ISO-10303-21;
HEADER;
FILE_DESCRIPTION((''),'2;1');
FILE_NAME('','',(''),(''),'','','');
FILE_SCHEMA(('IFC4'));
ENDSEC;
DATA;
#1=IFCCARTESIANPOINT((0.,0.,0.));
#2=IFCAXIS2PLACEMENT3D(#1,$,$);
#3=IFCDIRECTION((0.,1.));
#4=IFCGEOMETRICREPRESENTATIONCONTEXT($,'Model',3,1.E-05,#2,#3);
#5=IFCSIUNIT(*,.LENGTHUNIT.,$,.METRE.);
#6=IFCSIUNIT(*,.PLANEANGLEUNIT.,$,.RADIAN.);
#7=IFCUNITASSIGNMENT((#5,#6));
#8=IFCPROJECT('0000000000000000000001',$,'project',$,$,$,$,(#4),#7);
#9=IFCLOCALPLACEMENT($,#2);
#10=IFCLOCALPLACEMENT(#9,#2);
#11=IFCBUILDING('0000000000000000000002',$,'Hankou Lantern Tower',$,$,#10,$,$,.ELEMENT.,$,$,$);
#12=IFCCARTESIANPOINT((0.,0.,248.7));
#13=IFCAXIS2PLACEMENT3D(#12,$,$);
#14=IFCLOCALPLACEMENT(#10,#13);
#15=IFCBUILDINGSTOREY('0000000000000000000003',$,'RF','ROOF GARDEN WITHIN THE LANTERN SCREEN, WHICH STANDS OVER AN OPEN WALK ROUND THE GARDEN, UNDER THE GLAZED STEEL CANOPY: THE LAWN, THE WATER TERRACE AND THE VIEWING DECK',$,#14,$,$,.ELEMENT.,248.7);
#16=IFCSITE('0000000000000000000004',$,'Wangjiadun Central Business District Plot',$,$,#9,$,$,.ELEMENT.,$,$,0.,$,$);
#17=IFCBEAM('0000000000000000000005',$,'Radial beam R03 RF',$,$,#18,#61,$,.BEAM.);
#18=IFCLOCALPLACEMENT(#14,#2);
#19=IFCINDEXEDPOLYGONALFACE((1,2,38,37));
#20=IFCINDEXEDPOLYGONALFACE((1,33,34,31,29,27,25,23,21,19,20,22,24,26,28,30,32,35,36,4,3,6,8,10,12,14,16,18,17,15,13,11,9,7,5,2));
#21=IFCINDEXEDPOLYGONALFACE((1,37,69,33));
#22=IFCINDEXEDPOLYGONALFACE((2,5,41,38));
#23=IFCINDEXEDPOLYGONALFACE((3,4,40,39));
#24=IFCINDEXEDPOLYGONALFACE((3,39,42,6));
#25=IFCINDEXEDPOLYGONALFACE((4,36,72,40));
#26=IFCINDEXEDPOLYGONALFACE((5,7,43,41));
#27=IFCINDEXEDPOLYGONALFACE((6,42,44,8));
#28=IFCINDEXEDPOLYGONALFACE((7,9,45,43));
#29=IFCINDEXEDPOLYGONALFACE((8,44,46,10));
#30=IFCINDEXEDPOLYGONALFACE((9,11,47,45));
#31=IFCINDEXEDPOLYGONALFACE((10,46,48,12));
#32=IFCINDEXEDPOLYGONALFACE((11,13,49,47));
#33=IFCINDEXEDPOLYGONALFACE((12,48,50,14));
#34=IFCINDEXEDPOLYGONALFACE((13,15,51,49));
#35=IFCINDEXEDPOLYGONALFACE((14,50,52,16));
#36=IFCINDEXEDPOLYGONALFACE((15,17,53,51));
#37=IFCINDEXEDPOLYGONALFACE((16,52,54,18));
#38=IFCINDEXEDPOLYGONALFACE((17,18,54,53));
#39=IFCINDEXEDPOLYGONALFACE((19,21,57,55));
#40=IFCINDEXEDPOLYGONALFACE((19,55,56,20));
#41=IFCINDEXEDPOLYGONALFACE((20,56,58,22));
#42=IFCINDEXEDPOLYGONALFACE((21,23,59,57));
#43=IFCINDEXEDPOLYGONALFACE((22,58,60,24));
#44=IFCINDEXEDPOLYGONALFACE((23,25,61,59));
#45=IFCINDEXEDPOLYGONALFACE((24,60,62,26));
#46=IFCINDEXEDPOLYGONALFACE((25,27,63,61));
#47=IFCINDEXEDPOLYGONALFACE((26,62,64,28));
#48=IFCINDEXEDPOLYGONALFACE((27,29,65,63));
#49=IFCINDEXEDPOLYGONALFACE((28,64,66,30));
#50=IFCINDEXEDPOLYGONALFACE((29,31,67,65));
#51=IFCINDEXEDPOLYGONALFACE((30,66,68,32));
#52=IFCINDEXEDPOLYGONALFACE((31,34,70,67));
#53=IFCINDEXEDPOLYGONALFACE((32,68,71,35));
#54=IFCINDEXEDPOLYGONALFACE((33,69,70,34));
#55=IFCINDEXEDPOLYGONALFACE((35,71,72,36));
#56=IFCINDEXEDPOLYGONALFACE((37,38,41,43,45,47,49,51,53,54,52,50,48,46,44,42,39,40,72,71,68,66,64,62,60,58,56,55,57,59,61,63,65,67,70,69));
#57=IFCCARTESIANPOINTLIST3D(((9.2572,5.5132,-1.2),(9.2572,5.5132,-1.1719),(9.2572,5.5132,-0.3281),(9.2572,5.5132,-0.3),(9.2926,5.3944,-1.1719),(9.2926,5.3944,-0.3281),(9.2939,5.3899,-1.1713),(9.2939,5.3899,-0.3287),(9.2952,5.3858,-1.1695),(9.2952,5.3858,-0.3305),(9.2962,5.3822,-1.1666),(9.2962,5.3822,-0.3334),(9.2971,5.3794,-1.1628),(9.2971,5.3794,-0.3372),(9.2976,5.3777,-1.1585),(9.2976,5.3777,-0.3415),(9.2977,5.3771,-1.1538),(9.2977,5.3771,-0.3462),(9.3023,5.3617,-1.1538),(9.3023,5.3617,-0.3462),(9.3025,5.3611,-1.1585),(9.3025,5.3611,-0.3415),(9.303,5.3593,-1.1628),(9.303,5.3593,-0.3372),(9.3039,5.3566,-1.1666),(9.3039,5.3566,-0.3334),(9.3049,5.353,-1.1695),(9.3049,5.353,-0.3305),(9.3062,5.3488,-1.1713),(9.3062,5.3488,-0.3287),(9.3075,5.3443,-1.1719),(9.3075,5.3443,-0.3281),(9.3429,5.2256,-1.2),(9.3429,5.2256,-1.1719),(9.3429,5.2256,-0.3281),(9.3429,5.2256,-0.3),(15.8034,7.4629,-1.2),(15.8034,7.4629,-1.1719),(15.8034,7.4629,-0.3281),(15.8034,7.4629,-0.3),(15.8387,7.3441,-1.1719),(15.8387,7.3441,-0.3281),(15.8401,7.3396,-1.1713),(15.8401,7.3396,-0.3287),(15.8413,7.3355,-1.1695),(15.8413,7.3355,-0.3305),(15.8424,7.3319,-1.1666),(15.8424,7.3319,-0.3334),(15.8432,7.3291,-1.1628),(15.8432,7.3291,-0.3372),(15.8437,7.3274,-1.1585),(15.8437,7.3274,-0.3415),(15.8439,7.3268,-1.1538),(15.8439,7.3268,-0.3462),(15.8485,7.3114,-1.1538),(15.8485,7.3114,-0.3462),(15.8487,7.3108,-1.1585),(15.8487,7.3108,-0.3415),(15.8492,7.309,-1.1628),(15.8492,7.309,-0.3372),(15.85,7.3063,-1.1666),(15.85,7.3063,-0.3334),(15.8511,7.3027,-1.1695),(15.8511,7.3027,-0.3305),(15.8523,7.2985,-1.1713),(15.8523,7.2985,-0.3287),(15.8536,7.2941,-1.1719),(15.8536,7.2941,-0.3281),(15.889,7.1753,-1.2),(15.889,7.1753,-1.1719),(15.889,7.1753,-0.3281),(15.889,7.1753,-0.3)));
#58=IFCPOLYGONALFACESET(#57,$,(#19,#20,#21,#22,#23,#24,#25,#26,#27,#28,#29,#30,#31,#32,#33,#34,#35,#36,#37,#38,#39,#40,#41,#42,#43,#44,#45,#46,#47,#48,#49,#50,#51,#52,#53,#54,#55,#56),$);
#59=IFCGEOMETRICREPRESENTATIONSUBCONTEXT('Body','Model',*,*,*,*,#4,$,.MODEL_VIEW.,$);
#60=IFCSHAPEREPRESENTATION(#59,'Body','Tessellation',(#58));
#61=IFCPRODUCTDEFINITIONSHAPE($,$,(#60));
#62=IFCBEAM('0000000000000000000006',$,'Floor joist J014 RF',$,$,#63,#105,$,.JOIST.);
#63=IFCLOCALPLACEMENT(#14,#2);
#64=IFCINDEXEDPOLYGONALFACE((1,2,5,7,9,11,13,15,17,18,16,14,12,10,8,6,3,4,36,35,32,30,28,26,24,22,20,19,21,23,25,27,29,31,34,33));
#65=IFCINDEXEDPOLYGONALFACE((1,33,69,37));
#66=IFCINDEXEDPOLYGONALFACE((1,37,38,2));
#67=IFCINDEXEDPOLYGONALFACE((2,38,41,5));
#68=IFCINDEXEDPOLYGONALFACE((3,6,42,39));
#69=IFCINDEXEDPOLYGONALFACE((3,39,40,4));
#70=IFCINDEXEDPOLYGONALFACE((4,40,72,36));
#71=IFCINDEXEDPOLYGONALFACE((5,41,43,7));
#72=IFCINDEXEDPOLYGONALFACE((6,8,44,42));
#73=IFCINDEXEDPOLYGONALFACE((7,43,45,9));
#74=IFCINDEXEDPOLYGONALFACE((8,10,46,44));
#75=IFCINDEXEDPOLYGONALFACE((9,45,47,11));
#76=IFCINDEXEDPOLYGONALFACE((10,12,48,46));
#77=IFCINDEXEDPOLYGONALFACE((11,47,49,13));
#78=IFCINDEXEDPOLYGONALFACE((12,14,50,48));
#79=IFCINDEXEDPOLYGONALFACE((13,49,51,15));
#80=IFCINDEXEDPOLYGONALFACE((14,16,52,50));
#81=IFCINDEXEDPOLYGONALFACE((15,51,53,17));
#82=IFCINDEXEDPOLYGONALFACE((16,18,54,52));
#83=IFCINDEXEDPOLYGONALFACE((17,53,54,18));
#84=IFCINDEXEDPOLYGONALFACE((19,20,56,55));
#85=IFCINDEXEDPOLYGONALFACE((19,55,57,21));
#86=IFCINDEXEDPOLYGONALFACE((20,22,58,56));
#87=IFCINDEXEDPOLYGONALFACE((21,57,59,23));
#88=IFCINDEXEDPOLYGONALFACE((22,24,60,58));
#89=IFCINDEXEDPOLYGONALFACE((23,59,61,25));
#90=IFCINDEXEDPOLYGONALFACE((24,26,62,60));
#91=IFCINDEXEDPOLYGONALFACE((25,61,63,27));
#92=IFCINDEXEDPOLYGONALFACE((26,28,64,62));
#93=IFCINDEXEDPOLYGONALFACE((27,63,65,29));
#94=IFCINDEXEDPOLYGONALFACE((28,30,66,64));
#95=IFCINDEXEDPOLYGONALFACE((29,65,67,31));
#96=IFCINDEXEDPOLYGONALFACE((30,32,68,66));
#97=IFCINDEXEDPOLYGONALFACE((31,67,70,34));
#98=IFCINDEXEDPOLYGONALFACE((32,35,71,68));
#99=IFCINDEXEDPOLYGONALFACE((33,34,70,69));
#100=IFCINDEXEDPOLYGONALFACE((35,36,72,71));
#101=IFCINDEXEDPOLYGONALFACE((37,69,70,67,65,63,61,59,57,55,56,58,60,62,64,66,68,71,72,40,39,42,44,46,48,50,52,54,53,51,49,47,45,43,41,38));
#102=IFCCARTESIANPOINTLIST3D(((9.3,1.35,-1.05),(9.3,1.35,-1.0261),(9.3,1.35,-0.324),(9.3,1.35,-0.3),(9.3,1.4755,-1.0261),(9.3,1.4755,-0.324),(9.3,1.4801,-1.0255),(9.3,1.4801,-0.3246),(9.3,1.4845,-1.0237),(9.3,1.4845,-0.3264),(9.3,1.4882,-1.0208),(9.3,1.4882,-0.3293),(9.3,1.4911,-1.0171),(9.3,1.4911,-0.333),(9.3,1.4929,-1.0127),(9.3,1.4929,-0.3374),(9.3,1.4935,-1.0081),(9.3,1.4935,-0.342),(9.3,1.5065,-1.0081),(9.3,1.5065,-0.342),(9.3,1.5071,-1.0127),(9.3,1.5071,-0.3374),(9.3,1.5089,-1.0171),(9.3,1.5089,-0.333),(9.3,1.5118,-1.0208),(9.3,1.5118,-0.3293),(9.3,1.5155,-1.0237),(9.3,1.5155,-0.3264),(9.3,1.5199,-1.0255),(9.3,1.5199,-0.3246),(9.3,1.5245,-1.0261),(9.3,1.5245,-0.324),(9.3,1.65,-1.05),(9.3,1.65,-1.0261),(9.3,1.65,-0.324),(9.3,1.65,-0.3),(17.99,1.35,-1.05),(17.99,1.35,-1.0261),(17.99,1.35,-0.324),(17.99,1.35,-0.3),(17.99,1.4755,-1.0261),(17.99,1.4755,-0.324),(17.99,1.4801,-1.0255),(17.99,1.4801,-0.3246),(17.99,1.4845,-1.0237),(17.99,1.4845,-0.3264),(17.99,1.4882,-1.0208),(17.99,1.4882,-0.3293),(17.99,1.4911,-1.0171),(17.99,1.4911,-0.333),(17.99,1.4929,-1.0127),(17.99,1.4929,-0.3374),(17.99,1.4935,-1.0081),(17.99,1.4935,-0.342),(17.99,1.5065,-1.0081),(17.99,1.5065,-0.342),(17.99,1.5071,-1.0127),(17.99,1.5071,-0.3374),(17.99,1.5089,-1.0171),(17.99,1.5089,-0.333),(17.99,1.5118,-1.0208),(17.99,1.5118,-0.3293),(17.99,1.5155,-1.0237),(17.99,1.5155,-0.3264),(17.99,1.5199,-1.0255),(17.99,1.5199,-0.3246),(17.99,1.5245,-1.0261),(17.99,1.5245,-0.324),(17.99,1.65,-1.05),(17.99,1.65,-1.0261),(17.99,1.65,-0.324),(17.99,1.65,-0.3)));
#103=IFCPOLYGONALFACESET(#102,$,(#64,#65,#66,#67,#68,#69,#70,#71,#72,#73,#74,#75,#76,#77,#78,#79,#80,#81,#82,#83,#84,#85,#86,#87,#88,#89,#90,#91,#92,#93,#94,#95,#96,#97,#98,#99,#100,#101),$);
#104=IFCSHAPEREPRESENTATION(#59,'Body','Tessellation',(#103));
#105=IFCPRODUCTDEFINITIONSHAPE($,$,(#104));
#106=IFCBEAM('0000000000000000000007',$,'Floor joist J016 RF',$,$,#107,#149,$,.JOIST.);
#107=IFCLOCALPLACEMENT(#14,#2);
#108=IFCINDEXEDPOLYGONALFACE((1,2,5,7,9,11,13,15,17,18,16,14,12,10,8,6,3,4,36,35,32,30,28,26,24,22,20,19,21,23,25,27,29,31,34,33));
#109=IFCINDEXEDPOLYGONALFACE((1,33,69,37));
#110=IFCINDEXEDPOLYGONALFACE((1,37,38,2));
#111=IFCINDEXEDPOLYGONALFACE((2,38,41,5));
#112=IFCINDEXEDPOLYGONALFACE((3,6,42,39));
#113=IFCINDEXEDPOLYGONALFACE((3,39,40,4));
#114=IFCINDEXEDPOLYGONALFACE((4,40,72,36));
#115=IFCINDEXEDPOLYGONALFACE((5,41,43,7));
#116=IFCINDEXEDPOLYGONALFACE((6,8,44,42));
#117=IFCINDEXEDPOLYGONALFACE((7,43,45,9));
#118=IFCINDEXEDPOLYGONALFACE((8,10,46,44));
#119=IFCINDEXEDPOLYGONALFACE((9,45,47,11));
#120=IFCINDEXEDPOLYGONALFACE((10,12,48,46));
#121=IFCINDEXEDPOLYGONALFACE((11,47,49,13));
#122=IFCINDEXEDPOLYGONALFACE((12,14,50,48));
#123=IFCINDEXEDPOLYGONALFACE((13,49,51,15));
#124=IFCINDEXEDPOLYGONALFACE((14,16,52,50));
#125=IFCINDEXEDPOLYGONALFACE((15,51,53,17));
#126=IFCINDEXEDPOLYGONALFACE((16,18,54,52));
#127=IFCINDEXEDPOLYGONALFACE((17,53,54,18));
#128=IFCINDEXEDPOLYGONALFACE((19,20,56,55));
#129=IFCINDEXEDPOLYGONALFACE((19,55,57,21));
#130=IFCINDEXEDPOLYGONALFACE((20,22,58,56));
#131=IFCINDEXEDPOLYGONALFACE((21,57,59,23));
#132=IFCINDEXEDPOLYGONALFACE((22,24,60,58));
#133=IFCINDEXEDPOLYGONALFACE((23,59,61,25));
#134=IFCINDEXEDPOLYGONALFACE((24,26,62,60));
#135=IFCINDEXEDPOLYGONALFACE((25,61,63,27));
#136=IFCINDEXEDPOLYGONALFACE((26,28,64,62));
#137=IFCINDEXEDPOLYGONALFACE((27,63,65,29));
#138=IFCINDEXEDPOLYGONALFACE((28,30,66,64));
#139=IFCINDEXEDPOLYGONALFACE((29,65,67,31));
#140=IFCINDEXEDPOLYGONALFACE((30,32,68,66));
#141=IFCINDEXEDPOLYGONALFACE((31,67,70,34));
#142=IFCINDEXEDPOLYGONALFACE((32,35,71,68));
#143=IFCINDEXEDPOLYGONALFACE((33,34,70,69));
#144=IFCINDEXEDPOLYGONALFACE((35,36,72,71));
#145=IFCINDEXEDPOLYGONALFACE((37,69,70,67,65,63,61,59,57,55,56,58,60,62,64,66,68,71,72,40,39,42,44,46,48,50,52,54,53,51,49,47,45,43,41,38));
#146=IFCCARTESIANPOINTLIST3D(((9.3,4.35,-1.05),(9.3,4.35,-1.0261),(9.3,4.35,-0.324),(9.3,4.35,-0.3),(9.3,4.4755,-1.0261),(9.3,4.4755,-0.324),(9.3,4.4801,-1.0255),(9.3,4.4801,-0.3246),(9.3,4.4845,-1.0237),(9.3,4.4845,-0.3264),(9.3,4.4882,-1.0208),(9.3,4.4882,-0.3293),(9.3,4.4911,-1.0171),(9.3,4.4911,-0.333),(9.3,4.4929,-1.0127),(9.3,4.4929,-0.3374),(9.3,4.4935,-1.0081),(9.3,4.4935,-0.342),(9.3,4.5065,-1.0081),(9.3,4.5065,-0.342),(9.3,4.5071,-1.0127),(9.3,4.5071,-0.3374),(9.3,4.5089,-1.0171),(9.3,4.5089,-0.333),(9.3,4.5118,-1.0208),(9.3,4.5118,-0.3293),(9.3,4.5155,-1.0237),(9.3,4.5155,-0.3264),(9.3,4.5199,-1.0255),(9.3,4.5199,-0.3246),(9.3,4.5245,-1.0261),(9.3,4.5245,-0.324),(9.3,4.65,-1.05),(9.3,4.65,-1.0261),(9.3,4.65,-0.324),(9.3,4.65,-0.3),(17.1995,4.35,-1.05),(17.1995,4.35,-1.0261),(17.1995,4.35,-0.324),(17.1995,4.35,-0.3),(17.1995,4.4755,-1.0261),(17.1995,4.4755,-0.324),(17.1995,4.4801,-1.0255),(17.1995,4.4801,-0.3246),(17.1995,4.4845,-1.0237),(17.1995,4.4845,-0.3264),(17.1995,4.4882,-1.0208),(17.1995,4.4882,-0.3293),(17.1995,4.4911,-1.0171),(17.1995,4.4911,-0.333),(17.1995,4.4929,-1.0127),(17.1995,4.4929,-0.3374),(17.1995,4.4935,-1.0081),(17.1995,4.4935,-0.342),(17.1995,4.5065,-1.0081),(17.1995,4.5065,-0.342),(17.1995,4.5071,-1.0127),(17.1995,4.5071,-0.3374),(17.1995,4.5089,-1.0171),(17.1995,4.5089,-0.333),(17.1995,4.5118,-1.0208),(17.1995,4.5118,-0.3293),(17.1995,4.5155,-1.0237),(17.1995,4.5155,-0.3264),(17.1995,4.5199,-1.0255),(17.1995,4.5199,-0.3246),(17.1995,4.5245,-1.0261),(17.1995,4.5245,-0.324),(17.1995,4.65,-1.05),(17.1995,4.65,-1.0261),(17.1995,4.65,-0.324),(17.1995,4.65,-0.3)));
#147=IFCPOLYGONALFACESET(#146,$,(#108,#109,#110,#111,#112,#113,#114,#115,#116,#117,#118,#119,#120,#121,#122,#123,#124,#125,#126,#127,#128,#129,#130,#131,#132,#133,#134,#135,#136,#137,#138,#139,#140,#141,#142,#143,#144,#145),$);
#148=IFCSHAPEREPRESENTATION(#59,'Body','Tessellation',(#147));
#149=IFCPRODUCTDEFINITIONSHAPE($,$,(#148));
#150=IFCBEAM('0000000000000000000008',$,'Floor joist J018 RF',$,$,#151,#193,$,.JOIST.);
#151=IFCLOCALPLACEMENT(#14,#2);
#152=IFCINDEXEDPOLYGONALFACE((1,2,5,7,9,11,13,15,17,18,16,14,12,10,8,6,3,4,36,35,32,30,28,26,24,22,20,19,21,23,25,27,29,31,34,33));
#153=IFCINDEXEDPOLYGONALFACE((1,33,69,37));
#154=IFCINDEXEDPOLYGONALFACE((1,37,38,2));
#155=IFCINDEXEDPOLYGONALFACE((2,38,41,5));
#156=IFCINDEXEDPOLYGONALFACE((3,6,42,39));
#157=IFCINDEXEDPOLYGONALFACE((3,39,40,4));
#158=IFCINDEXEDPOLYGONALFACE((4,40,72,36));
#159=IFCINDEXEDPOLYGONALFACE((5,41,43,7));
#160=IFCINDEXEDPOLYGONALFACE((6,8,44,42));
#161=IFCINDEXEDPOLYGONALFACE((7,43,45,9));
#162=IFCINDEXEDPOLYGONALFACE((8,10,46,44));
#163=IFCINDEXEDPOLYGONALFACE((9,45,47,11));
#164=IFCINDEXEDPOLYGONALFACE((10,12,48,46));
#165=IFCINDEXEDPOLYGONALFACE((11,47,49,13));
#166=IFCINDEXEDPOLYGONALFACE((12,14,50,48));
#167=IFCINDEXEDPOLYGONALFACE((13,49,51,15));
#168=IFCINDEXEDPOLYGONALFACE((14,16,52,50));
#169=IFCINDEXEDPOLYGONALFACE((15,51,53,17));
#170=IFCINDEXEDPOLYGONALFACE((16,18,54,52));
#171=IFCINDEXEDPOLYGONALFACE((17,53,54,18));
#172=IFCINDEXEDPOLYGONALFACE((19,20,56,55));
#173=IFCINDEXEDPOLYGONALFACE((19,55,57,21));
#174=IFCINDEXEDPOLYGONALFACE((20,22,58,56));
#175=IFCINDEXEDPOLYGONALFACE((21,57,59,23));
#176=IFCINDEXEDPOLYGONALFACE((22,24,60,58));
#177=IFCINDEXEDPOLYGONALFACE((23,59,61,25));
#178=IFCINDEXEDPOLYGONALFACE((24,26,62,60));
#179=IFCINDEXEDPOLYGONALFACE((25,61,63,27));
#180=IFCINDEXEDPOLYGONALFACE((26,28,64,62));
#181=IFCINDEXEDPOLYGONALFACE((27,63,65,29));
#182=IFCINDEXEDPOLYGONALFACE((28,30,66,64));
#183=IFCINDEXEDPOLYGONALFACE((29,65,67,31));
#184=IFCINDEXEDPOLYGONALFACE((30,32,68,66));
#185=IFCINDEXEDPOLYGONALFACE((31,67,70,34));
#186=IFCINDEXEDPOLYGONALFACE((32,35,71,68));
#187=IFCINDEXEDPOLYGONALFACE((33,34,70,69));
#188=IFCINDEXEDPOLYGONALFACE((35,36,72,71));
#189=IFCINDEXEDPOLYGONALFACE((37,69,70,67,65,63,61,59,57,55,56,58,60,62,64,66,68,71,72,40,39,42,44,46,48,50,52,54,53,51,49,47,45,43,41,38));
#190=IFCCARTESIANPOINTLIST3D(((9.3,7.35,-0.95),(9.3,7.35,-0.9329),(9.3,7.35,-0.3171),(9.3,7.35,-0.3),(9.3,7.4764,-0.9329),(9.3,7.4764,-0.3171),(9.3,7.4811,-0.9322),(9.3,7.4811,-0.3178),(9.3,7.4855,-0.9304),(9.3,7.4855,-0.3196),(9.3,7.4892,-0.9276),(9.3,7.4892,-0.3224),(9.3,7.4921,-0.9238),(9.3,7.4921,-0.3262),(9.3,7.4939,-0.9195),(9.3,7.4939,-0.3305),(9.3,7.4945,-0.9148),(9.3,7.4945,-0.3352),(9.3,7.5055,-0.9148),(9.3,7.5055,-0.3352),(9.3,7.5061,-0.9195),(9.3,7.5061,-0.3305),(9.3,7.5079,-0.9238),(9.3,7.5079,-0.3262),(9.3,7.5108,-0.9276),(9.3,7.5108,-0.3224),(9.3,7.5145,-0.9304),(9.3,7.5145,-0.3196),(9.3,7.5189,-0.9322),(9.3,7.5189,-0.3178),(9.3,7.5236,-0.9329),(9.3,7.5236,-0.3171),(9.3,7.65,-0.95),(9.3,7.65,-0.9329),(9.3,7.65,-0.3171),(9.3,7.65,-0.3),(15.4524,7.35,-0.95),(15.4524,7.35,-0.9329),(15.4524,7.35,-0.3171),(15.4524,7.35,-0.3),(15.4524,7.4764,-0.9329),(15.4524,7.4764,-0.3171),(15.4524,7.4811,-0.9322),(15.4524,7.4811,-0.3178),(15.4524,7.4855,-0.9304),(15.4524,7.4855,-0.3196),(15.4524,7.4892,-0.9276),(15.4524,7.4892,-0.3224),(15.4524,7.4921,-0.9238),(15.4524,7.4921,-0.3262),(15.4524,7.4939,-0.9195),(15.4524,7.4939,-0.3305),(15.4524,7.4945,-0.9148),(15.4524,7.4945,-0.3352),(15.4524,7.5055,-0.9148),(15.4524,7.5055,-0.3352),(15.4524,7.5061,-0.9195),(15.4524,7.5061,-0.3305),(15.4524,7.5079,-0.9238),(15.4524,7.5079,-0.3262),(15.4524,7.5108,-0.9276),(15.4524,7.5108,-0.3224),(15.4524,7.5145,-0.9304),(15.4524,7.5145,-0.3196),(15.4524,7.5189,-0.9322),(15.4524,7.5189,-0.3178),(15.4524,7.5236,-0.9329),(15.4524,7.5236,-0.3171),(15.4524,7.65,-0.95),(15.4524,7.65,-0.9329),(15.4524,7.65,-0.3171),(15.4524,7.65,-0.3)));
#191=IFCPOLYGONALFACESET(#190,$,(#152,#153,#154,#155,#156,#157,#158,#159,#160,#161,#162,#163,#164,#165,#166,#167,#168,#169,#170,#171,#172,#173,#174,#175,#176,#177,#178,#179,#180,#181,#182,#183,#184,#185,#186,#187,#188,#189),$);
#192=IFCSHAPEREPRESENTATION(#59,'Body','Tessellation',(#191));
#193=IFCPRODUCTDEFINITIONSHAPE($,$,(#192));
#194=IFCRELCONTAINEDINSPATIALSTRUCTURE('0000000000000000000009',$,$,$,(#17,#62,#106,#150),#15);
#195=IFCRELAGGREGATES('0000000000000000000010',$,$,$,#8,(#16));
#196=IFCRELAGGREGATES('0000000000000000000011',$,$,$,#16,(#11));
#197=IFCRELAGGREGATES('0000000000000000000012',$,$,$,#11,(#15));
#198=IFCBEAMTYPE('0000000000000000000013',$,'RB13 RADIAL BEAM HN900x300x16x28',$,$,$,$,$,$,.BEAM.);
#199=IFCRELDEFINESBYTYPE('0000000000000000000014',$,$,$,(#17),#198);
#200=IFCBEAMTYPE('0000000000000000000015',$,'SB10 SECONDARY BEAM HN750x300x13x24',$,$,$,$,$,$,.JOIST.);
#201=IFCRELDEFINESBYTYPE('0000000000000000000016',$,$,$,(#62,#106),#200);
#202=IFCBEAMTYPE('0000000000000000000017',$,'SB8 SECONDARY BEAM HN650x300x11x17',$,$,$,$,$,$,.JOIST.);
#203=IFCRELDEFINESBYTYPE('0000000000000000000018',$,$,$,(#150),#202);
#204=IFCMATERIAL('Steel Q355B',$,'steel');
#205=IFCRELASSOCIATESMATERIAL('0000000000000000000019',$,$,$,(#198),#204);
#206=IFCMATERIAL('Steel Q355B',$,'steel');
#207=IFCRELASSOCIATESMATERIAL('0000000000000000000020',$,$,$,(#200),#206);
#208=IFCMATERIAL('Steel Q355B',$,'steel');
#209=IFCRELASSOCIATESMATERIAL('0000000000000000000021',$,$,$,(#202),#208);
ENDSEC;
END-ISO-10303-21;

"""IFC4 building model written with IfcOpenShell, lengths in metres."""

from ifc_helpers import new_model, si_unit, direction, frame, origin, origin_2d, place, context, subcontext, project, spatial, i_section, extrude, material, material_profile, profile_set, type_object, element, save


model = new_model("IFC4")

# Units and contexts
model_context = context("Model", 3, precision=1e-05, world=origin(), true_north=direction((0.0, 1.0)))
body_context = subcontext(model_context, "Body", "Model", "MODEL_VIEW")
ifc_project = project(units=[si_unit("LENGTHUNIT", "METRE"), si_unit("PLANEANGLEUNIT", "RADIAN")], contexts=[model_context])

# Site, building, storey
site_placement = place(None, origin())
site = spatial("IfcSite", under=ifc_project, at=site_placement, Name="Wangjiadun Central Business District Plot", CompositionType="ELEMENT", RefElevation=0.0)
building_placement = place(site_placement, origin())
building = spatial("IfcBuilding", under=site, at=building_placement, Name="Hankou Lantern Tower", CompositionType="ELEMENT")
storey_placement = place(building_placement, frame((0.0, 0.0, 248.7)))
storey = spatial("IfcBuildingStorey", under=building, at=storey_placement, Name="RF", Description="ROOF GARDEN WITHIN THE LANTERN SCREEN, WHICH STANDS OVER AN OPEN WALK ROUND THE GARDEN, UNDER THE GLAZED STEEL CANOPY: THE LAWN, THE WATER TERRACE AND THE VIEWING DECK", CompositionType="ELEMENT", Elevation=248.7)

# Beams
ifc_material_1 = material(Name="Steel Q355B", Category="steel")
ifc_material_profile_1 = material_profile(ifc_material_1, i_section(OverallWidth=0.3, OverallDepth=0.8999, WebThickness=0.0161, FlangeThickness=0.0281, FilletRadius=0.0181, at=origin_2d()), Name="HN900x300x16x28")
ifc_profile_set_1 = profile_set([ifc_material_profile_1], Name="Steel Q355B")
beam_type_1 = type_object("IfcBeamType", Name="RB13 RADIAL BEAM HN900x300x16x28", PredefinedType="BEAM", material=ifc_profile_set_1)
beam_1_placement = place(storey_placement, frame((9.3, 5.3694, -0.75), z_axis=(0.958394, 0.285449, 0.0), x_axis=(-0.285449, 0.958394, 0.0)))
element("IfcBeam", 1, at=beam_1_placement, inside=storey, type_object=beam_type_1, Name="Radial beam R03 RF", PredefinedType="BEAM", context=body_context, shape_type="SweptSolid", body=[
    extrude(i_section(OverallWidth=0.3, OverallDepth=0.8999, WebThickness=0.0161, FlangeThickness=0.0281, FilletRadius=0.0181, at=origin_2d()), origin(), (0.0, 0.0, 1.0), 6.8303),
])
ifc_material_2 = material(Name="Steel Q355B", Category="steel")
ifc_material_profile_2 = material_profile(ifc_material_2, i_section(OverallWidth=0.3, OverallDepth=0.75, WebThickness=0.0129, FlangeThickness=0.0239, FilletRadius=0.0181, at=origin_2d()), Name="HN750x300x13x24")
ifc_profile_set_2 = profile_set([ifc_material_profile_2], Name="Steel Q355B")
beam_type_2 = type_object("IfcBeamType", Name="SB10 SECONDARY BEAM HN750x300x13x24", PredefinedType="JOIST", material=ifc_profile_set_2)
beam_2_placement = place(storey_placement, frame((9.3, 1.5, -0.675), z_axis=(1.0, 0.0, 0.0), x_axis=(0.0, 1.0, 0.0)))
element("IfcBeam", 2, at=beam_2_placement, inside=storey, type_object=beam_type_2, Name="Floor joist J014 RF", PredefinedType="JOIST", context=body_context, shape_type="SweptSolid", body=[
    extrude(i_section(OverallWidth=0.3, OverallDepth=0.75, WebThickness=0.0129, FlangeThickness=0.0239, FilletRadius=0.0181, at=origin_2d()), origin(), (0.0, 0.0, 1.0), 8.6899),
])
beam_3_placement = place(storey_placement, frame((9.3, 4.5, -0.675), z_axis=(1.0, 0.0, 0.0), x_axis=(0.0, 1.0, 0.0)))
element("IfcBeam", 3, at=beam_3_placement, inside=storey, type_object=beam_type_2, Name="Floor joist J016 RF", PredefinedType="JOIST", context=body_context, shape_type="SweptSolid", body=[
    extrude(i_section(OverallWidth=0.3, OverallDepth=0.75, WebThickness=0.0129, FlangeThickness=0.0239, FilletRadius=0.0181, at=origin_2d()), origin(), (0.0, 0.0, 1.0), 7.8994),
])
ifc_material_3 = material(Name="Steel Q355B", Category="steel")
ifc_material_profile_3 = material_profile(ifc_material_3, i_section(OverallWidth=0.3, OverallDepth=0.6499, WebThickness=0.011, FlangeThickness=0.0171, FilletRadius=0.0181, at=origin_2d()), Name="HN650x300x11x17")
ifc_profile_set_3 = profile_set([ifc_material_profile_3], Name="Steel Q355B")
beam_type_3 = type_object("IfcBeamType", Name="SB8 SECONDARY BEAM HN650x300x11x17", PredefinedType="JOIST", material=ifc_profile_set_3)
beam_4_placement = place(storey_placement, frame((9.3, 7.5, -0.625), z_axis=(1.0, 0.0, 0.0), x_axis=(0.0, 1.0, 0.0)))
element("IfcBeam", 4, at=beam_4_placement, inside=storey, type_object=beam_type_3, Name="Floor joist J018 RF", PredefinedType="JOIST", context=body_context, shape_type="SweptSolid", body=[
    extrude(i_section(OverallWidth=0.3, OverallDepth=0.6499, WebThickness=0.011, FlangeThickness=0.0171, FilletRadius=0.0181, at=origin_2d()), origin(), (0.0, 0.0, 1.0), 6.1523),
])

save(model, "model.ifc")
